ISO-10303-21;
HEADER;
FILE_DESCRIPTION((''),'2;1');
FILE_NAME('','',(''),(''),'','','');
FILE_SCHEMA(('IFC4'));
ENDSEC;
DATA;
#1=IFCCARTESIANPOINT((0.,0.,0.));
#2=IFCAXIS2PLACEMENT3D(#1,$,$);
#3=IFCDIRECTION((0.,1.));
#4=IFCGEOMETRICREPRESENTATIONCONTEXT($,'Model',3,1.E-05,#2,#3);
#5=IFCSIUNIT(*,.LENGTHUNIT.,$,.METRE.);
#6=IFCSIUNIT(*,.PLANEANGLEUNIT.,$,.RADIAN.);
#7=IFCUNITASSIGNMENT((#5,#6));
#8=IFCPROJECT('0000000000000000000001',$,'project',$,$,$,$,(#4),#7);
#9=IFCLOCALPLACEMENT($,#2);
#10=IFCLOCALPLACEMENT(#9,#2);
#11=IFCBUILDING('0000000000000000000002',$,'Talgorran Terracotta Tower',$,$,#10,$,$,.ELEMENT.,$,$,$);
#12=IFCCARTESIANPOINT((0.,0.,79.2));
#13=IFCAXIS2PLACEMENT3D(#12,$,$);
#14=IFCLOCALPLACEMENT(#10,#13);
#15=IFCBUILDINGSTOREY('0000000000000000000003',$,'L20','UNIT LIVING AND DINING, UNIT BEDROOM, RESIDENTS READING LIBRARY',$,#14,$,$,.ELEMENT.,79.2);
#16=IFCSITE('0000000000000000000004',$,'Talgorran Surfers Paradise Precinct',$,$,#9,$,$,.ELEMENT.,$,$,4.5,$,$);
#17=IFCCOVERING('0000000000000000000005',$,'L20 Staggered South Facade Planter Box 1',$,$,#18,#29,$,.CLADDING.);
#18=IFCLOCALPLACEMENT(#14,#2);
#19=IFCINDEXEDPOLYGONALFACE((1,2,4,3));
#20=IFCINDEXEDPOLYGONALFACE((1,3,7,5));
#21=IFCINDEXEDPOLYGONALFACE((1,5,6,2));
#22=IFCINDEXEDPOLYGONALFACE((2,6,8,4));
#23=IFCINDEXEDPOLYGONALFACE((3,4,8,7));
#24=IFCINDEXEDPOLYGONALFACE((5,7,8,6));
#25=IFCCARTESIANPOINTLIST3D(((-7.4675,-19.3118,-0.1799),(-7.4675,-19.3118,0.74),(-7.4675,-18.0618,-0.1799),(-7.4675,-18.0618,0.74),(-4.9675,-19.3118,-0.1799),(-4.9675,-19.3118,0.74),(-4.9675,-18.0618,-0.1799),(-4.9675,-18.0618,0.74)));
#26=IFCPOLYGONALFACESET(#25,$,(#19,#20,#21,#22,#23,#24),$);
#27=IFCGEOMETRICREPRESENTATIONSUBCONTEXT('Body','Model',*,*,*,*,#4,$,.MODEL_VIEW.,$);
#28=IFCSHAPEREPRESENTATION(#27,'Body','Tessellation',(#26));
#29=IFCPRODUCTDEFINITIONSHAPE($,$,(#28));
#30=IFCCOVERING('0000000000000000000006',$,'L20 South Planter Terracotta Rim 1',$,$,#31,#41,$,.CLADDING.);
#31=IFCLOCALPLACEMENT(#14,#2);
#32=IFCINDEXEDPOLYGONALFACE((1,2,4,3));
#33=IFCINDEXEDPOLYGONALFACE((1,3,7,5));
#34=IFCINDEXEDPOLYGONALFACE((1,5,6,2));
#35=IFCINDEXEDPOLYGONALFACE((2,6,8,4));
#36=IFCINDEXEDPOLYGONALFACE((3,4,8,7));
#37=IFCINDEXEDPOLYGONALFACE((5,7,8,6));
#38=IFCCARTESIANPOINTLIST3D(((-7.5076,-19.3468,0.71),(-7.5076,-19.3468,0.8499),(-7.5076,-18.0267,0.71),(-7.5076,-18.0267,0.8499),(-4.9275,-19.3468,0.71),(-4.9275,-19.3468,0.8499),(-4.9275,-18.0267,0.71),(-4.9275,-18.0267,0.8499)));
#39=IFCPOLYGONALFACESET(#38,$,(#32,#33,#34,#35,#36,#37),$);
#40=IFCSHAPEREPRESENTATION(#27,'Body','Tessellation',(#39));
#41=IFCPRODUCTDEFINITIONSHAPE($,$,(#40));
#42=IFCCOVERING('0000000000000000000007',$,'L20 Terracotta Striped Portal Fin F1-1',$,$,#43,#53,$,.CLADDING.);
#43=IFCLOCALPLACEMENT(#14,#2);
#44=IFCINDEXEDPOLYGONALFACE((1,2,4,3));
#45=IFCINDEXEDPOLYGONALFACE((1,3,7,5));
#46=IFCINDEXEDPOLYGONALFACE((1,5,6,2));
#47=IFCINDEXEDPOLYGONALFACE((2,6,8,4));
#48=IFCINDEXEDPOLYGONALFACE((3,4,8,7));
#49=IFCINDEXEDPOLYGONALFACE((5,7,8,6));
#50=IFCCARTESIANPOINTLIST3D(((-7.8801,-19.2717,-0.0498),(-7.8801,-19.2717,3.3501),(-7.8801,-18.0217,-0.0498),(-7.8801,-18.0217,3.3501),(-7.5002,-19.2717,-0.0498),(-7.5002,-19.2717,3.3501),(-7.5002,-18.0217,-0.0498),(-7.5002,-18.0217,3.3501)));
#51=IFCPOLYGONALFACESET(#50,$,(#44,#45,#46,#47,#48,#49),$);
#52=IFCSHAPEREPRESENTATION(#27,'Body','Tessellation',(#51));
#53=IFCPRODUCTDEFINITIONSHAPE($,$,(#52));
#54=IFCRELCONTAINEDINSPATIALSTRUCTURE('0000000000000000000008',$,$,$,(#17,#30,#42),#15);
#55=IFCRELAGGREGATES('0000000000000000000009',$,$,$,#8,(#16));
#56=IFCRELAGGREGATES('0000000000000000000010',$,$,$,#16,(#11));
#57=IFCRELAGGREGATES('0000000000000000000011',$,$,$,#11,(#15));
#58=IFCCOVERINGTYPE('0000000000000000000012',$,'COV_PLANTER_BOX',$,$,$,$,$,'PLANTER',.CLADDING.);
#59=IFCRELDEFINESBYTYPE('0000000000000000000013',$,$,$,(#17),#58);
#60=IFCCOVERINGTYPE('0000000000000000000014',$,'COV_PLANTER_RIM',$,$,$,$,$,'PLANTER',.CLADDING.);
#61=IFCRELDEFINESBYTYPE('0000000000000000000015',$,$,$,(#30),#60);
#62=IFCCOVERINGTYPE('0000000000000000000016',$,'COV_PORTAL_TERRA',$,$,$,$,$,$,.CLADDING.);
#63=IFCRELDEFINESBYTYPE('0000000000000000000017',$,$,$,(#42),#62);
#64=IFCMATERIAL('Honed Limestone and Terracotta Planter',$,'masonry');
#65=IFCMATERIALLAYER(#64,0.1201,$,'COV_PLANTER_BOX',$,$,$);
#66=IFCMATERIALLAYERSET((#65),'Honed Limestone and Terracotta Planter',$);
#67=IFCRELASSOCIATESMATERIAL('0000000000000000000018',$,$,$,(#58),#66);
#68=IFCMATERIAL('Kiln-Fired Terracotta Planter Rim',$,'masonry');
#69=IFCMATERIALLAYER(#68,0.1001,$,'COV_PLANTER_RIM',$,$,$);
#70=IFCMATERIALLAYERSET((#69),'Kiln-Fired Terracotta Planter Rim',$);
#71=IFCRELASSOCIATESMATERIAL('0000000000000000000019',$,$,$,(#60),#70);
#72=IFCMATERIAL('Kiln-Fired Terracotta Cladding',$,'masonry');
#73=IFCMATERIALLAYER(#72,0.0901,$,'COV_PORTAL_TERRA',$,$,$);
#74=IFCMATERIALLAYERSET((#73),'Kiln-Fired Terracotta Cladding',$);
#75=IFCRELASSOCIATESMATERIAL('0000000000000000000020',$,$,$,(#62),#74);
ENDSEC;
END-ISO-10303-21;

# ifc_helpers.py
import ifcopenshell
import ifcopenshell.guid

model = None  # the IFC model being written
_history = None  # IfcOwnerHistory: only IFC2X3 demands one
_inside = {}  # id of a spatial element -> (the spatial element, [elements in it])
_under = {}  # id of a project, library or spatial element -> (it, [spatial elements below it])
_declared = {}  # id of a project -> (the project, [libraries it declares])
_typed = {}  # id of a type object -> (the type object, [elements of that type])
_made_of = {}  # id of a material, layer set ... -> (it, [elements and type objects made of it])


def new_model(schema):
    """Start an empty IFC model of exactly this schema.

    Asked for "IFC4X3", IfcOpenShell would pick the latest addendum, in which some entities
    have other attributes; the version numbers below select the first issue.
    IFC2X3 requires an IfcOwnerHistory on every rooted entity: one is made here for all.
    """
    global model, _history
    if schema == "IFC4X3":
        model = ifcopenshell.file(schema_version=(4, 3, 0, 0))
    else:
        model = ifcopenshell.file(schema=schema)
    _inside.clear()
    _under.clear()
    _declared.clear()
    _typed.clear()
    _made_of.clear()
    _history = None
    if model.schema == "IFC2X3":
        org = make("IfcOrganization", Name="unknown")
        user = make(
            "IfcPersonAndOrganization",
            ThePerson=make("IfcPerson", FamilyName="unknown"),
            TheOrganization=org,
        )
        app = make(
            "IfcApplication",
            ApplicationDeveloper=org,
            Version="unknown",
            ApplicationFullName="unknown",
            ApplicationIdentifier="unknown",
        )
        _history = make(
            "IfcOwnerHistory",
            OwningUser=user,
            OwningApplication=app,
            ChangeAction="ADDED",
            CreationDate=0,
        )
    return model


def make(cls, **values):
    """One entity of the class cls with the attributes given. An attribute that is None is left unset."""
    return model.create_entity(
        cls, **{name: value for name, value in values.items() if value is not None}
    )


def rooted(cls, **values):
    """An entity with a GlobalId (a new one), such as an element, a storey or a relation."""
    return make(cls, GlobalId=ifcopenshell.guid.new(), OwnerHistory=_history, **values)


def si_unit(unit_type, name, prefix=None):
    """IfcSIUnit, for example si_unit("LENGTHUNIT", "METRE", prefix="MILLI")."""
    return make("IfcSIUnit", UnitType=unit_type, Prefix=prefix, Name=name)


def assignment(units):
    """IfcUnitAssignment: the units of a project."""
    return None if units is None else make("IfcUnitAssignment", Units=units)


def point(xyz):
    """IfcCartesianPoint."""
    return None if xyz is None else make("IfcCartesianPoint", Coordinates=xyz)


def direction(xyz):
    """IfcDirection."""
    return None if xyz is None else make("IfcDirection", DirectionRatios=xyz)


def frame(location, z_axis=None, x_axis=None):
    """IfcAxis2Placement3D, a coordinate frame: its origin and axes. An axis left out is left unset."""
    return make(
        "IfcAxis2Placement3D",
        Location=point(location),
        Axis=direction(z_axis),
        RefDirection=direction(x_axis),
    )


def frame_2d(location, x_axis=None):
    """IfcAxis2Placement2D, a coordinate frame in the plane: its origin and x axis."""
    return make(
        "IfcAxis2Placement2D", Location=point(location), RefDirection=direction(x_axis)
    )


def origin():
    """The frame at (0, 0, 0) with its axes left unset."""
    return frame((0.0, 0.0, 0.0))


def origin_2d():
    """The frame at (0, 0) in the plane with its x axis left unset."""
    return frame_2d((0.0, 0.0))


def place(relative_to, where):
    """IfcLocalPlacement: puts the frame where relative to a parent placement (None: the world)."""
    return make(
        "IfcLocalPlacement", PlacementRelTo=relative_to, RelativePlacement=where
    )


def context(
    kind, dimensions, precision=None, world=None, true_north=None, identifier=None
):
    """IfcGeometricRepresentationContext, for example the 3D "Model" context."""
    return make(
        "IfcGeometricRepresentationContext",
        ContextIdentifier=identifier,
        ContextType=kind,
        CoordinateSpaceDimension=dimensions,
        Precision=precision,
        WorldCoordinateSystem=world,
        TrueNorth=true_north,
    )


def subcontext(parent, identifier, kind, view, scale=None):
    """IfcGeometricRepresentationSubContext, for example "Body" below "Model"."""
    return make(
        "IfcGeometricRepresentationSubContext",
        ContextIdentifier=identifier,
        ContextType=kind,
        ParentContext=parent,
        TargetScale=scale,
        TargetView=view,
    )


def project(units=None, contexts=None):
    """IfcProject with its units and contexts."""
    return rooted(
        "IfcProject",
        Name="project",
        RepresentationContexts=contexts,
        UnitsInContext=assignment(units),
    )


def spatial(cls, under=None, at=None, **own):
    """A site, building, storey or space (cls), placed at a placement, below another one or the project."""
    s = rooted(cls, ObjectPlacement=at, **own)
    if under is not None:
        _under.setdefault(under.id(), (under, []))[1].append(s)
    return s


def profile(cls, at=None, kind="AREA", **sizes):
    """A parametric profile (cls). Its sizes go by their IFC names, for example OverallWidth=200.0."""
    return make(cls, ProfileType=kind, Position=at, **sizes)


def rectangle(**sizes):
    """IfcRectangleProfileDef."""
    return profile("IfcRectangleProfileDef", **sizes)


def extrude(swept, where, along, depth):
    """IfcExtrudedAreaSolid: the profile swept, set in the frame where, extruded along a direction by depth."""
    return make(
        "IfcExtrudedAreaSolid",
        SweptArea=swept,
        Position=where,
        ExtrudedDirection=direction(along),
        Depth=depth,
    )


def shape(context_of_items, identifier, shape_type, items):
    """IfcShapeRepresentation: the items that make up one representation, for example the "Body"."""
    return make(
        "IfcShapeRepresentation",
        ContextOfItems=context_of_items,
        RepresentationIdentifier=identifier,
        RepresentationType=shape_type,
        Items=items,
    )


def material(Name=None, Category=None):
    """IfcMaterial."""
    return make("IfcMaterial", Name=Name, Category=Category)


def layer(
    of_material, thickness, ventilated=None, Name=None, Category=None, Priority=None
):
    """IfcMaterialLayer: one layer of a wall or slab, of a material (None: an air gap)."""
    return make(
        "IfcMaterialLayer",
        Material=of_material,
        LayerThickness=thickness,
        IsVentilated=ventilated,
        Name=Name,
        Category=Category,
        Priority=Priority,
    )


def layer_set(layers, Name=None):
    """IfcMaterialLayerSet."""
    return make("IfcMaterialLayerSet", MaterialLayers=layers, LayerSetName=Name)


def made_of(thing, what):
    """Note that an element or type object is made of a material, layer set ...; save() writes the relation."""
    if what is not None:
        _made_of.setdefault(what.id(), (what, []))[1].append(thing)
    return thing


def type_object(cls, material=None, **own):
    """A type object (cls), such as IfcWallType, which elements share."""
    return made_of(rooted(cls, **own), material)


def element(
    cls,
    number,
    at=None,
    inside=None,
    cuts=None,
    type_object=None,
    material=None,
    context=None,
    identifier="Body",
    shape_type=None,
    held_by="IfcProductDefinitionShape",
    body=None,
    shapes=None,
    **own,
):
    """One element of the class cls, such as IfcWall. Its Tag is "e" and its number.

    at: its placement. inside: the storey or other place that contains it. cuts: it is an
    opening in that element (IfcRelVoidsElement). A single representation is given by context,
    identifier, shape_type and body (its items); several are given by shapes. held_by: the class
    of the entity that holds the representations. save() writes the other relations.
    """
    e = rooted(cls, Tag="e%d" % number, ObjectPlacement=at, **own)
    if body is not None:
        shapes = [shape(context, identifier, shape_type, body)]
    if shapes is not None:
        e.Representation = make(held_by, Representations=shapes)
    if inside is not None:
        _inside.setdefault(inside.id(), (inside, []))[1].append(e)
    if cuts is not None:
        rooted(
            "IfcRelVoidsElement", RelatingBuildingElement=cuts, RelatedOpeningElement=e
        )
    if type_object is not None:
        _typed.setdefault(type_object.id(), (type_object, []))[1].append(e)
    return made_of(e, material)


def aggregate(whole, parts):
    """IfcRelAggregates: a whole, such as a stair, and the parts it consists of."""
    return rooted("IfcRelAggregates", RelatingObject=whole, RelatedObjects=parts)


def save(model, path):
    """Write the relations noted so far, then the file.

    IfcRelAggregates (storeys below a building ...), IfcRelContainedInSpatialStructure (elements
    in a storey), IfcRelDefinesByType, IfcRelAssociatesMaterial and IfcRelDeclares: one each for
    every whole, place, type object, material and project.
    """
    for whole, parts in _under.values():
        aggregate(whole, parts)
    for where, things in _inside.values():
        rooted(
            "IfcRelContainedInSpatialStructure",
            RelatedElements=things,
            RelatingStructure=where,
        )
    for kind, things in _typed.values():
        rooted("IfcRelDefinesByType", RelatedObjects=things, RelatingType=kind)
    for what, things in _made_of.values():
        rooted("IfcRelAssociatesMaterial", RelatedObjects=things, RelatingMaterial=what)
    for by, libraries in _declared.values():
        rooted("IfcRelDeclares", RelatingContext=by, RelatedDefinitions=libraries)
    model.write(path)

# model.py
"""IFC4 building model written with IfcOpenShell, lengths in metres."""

from ifc_helpers import new_model, si_unit, direction, frame, origin, origin_2d, place, context, subcontext, project, spatial, rectangle, extrude, material, layer, layer_set, type_object, element, save


model = new_model("IFC4")

# Units and contexts
model_context = context("Model", 3, precision=1e-05, world=origin(), true_north=direction((0.0, 1.0)))
body_context = subcontext(model_context, "Body", "Model", "MODEL_VIEW")
ifc_project = project(units=[si_unit("LENGTHUNIT", "METRE"), si_unit("PLANEANGLEUNIT", "RADIAN")], contexts=[model_context])

# Site, building, storey
site_placement = place(None, origin())
site = spatial("IfcSite", under=ifc_project, at=site_placement, Name="Talgorran Surfers Paradise Precinct", CompositionType="ELEMENT", RefElevation=4.5)
building_placement = place(site_placement, origin())
building = spatial("IfcBuilding", under=site, at=building_placement, Name="Talgorran Terracotta Tower", CompositionType="ELEMENT")
storey_placement = place(building_placement, frame((0.0, 0.0, 79.2)))
storey = spatial("IfcBuildingStorey", under=building, at=storey_placement, Name="L20", Description="UNIT LIVING AND DINING, UNIT BEDROOM, RESIDENTS READING LIBRARY", CompositionType="ELEMENT", Elevation=79.2)

# Coverings
ifc_material_1 = material(Name="Honed Limestone and Terracotta Planter", Category="masonry")
ifc_layer_1 = layer(ifc_material_1, 0.1201, Name="COV_PLANTER_BOX")
ifc_layer_set_1 = layer_set([ifc_layer_1], Name="Honed Limestone and Terracotta Planter")
covering_type_1 = type_object("IfcCoveringType", Name="COV_PLANTER_BOX", ElementType="PLANTER", PredefinedType="CLADDING", material=ifc_layer_set_1)
covering_1_placement = place(storey_placement, frame((-6.2175, -18.6868, -0.1799), z_axis=(0.0, 0.0, 1.0), x_axis=(1.0, 0.0, 0.0)))
element("IfcCovering", 1, at=covering_1_placement, inside=storey, type_object=covering_type_1, Name="L20 Staggered South Facade Planter Box 1", PredefinedType="CLADDING", context=body_context, shape_type="SweptSolid", body=[
    extrude(rectangle(XDim=2.5, YDim=1.25, at=origin_2d()), origin(), (0.0, 0.0, 1.0), 0.9199),
])
ifc_material_2 = material(Name="Kiln-Fired Terracotta Planter Rim", Category="masonry")
ifc_layer_2 = layer(ifc_material_2, 0.1001, Name="COV_PLANTER_RIM")
ifc_layer_set_2 = layer_set([ifc_layer_2], Name="Kiln-Fired Terracotta Planter Rim")
covering_type_2 = type_object("IfcCoveringType", Name="COV_PLANTER_RIM", ElementType="PLANTER", PredefinedType="CLADDING", material=ifc_layer_set_2)
covering_2_placement = place(storey_placement, frame((-6.2175, -18.6868, 0.71), z_axis=(0.0, 0.0, 1.0), x_axis=(1.0, 0.0, 0.0)))
element("IfcCovering", 2, at=covering_2_placement, inside=storey, type_object=covering_type_2, Name="L20 South Planter Terracotta Rim 1", PredefinedType="CLADDING", context=body_context, shape_type="SweptSolid", body=[
    extrude(rectangle(XDim=2.5801, YDim=1.3201, at=origin_2d()), origin(), (0.0, 0.0, 1.0), 0.1399),
])
ifc_material_3 = material(Name="Kiln-Fired Terracotta Cladding", Category="masonry")
ifc_layer_3 = layer(ifc_material_3, 0.0901, Name="COV_PORTAL_TERRA")
ifc_layer_set_3 = layer_set([ifc_layer_3], Name="Kiln-Fired Terracotta Cladding")
covering_type_3 = type_object("IfcCoveringType", Name="COV_PORTAL_TERRA", PredefinedType="CLADDING", material=ifc_layer_set_3)
covering_3_placement = place(storey_placement, frame((-7.6902, -18.6467, -0.0498), z_axis=(0.0, 0.0, 1.0), x_axis=(1.0, 0.0, 0.0)))
element("IfcCovering", 3, at=covering_3_placement, inside=storey, type_object=covering_type_3, Name="L20 Terracotta Striped Portal Fin F1-1", PredefinedType="CLADDING", context=body_context, shape_type="SweptSolid", body=[
    extrude(rectangle(XDim=0.3799, YDim=1.25, at=origin_2d()), origin(), (0.0, 0.0, 1.0), 3.3999),
])

save(model, "model.ifc")
